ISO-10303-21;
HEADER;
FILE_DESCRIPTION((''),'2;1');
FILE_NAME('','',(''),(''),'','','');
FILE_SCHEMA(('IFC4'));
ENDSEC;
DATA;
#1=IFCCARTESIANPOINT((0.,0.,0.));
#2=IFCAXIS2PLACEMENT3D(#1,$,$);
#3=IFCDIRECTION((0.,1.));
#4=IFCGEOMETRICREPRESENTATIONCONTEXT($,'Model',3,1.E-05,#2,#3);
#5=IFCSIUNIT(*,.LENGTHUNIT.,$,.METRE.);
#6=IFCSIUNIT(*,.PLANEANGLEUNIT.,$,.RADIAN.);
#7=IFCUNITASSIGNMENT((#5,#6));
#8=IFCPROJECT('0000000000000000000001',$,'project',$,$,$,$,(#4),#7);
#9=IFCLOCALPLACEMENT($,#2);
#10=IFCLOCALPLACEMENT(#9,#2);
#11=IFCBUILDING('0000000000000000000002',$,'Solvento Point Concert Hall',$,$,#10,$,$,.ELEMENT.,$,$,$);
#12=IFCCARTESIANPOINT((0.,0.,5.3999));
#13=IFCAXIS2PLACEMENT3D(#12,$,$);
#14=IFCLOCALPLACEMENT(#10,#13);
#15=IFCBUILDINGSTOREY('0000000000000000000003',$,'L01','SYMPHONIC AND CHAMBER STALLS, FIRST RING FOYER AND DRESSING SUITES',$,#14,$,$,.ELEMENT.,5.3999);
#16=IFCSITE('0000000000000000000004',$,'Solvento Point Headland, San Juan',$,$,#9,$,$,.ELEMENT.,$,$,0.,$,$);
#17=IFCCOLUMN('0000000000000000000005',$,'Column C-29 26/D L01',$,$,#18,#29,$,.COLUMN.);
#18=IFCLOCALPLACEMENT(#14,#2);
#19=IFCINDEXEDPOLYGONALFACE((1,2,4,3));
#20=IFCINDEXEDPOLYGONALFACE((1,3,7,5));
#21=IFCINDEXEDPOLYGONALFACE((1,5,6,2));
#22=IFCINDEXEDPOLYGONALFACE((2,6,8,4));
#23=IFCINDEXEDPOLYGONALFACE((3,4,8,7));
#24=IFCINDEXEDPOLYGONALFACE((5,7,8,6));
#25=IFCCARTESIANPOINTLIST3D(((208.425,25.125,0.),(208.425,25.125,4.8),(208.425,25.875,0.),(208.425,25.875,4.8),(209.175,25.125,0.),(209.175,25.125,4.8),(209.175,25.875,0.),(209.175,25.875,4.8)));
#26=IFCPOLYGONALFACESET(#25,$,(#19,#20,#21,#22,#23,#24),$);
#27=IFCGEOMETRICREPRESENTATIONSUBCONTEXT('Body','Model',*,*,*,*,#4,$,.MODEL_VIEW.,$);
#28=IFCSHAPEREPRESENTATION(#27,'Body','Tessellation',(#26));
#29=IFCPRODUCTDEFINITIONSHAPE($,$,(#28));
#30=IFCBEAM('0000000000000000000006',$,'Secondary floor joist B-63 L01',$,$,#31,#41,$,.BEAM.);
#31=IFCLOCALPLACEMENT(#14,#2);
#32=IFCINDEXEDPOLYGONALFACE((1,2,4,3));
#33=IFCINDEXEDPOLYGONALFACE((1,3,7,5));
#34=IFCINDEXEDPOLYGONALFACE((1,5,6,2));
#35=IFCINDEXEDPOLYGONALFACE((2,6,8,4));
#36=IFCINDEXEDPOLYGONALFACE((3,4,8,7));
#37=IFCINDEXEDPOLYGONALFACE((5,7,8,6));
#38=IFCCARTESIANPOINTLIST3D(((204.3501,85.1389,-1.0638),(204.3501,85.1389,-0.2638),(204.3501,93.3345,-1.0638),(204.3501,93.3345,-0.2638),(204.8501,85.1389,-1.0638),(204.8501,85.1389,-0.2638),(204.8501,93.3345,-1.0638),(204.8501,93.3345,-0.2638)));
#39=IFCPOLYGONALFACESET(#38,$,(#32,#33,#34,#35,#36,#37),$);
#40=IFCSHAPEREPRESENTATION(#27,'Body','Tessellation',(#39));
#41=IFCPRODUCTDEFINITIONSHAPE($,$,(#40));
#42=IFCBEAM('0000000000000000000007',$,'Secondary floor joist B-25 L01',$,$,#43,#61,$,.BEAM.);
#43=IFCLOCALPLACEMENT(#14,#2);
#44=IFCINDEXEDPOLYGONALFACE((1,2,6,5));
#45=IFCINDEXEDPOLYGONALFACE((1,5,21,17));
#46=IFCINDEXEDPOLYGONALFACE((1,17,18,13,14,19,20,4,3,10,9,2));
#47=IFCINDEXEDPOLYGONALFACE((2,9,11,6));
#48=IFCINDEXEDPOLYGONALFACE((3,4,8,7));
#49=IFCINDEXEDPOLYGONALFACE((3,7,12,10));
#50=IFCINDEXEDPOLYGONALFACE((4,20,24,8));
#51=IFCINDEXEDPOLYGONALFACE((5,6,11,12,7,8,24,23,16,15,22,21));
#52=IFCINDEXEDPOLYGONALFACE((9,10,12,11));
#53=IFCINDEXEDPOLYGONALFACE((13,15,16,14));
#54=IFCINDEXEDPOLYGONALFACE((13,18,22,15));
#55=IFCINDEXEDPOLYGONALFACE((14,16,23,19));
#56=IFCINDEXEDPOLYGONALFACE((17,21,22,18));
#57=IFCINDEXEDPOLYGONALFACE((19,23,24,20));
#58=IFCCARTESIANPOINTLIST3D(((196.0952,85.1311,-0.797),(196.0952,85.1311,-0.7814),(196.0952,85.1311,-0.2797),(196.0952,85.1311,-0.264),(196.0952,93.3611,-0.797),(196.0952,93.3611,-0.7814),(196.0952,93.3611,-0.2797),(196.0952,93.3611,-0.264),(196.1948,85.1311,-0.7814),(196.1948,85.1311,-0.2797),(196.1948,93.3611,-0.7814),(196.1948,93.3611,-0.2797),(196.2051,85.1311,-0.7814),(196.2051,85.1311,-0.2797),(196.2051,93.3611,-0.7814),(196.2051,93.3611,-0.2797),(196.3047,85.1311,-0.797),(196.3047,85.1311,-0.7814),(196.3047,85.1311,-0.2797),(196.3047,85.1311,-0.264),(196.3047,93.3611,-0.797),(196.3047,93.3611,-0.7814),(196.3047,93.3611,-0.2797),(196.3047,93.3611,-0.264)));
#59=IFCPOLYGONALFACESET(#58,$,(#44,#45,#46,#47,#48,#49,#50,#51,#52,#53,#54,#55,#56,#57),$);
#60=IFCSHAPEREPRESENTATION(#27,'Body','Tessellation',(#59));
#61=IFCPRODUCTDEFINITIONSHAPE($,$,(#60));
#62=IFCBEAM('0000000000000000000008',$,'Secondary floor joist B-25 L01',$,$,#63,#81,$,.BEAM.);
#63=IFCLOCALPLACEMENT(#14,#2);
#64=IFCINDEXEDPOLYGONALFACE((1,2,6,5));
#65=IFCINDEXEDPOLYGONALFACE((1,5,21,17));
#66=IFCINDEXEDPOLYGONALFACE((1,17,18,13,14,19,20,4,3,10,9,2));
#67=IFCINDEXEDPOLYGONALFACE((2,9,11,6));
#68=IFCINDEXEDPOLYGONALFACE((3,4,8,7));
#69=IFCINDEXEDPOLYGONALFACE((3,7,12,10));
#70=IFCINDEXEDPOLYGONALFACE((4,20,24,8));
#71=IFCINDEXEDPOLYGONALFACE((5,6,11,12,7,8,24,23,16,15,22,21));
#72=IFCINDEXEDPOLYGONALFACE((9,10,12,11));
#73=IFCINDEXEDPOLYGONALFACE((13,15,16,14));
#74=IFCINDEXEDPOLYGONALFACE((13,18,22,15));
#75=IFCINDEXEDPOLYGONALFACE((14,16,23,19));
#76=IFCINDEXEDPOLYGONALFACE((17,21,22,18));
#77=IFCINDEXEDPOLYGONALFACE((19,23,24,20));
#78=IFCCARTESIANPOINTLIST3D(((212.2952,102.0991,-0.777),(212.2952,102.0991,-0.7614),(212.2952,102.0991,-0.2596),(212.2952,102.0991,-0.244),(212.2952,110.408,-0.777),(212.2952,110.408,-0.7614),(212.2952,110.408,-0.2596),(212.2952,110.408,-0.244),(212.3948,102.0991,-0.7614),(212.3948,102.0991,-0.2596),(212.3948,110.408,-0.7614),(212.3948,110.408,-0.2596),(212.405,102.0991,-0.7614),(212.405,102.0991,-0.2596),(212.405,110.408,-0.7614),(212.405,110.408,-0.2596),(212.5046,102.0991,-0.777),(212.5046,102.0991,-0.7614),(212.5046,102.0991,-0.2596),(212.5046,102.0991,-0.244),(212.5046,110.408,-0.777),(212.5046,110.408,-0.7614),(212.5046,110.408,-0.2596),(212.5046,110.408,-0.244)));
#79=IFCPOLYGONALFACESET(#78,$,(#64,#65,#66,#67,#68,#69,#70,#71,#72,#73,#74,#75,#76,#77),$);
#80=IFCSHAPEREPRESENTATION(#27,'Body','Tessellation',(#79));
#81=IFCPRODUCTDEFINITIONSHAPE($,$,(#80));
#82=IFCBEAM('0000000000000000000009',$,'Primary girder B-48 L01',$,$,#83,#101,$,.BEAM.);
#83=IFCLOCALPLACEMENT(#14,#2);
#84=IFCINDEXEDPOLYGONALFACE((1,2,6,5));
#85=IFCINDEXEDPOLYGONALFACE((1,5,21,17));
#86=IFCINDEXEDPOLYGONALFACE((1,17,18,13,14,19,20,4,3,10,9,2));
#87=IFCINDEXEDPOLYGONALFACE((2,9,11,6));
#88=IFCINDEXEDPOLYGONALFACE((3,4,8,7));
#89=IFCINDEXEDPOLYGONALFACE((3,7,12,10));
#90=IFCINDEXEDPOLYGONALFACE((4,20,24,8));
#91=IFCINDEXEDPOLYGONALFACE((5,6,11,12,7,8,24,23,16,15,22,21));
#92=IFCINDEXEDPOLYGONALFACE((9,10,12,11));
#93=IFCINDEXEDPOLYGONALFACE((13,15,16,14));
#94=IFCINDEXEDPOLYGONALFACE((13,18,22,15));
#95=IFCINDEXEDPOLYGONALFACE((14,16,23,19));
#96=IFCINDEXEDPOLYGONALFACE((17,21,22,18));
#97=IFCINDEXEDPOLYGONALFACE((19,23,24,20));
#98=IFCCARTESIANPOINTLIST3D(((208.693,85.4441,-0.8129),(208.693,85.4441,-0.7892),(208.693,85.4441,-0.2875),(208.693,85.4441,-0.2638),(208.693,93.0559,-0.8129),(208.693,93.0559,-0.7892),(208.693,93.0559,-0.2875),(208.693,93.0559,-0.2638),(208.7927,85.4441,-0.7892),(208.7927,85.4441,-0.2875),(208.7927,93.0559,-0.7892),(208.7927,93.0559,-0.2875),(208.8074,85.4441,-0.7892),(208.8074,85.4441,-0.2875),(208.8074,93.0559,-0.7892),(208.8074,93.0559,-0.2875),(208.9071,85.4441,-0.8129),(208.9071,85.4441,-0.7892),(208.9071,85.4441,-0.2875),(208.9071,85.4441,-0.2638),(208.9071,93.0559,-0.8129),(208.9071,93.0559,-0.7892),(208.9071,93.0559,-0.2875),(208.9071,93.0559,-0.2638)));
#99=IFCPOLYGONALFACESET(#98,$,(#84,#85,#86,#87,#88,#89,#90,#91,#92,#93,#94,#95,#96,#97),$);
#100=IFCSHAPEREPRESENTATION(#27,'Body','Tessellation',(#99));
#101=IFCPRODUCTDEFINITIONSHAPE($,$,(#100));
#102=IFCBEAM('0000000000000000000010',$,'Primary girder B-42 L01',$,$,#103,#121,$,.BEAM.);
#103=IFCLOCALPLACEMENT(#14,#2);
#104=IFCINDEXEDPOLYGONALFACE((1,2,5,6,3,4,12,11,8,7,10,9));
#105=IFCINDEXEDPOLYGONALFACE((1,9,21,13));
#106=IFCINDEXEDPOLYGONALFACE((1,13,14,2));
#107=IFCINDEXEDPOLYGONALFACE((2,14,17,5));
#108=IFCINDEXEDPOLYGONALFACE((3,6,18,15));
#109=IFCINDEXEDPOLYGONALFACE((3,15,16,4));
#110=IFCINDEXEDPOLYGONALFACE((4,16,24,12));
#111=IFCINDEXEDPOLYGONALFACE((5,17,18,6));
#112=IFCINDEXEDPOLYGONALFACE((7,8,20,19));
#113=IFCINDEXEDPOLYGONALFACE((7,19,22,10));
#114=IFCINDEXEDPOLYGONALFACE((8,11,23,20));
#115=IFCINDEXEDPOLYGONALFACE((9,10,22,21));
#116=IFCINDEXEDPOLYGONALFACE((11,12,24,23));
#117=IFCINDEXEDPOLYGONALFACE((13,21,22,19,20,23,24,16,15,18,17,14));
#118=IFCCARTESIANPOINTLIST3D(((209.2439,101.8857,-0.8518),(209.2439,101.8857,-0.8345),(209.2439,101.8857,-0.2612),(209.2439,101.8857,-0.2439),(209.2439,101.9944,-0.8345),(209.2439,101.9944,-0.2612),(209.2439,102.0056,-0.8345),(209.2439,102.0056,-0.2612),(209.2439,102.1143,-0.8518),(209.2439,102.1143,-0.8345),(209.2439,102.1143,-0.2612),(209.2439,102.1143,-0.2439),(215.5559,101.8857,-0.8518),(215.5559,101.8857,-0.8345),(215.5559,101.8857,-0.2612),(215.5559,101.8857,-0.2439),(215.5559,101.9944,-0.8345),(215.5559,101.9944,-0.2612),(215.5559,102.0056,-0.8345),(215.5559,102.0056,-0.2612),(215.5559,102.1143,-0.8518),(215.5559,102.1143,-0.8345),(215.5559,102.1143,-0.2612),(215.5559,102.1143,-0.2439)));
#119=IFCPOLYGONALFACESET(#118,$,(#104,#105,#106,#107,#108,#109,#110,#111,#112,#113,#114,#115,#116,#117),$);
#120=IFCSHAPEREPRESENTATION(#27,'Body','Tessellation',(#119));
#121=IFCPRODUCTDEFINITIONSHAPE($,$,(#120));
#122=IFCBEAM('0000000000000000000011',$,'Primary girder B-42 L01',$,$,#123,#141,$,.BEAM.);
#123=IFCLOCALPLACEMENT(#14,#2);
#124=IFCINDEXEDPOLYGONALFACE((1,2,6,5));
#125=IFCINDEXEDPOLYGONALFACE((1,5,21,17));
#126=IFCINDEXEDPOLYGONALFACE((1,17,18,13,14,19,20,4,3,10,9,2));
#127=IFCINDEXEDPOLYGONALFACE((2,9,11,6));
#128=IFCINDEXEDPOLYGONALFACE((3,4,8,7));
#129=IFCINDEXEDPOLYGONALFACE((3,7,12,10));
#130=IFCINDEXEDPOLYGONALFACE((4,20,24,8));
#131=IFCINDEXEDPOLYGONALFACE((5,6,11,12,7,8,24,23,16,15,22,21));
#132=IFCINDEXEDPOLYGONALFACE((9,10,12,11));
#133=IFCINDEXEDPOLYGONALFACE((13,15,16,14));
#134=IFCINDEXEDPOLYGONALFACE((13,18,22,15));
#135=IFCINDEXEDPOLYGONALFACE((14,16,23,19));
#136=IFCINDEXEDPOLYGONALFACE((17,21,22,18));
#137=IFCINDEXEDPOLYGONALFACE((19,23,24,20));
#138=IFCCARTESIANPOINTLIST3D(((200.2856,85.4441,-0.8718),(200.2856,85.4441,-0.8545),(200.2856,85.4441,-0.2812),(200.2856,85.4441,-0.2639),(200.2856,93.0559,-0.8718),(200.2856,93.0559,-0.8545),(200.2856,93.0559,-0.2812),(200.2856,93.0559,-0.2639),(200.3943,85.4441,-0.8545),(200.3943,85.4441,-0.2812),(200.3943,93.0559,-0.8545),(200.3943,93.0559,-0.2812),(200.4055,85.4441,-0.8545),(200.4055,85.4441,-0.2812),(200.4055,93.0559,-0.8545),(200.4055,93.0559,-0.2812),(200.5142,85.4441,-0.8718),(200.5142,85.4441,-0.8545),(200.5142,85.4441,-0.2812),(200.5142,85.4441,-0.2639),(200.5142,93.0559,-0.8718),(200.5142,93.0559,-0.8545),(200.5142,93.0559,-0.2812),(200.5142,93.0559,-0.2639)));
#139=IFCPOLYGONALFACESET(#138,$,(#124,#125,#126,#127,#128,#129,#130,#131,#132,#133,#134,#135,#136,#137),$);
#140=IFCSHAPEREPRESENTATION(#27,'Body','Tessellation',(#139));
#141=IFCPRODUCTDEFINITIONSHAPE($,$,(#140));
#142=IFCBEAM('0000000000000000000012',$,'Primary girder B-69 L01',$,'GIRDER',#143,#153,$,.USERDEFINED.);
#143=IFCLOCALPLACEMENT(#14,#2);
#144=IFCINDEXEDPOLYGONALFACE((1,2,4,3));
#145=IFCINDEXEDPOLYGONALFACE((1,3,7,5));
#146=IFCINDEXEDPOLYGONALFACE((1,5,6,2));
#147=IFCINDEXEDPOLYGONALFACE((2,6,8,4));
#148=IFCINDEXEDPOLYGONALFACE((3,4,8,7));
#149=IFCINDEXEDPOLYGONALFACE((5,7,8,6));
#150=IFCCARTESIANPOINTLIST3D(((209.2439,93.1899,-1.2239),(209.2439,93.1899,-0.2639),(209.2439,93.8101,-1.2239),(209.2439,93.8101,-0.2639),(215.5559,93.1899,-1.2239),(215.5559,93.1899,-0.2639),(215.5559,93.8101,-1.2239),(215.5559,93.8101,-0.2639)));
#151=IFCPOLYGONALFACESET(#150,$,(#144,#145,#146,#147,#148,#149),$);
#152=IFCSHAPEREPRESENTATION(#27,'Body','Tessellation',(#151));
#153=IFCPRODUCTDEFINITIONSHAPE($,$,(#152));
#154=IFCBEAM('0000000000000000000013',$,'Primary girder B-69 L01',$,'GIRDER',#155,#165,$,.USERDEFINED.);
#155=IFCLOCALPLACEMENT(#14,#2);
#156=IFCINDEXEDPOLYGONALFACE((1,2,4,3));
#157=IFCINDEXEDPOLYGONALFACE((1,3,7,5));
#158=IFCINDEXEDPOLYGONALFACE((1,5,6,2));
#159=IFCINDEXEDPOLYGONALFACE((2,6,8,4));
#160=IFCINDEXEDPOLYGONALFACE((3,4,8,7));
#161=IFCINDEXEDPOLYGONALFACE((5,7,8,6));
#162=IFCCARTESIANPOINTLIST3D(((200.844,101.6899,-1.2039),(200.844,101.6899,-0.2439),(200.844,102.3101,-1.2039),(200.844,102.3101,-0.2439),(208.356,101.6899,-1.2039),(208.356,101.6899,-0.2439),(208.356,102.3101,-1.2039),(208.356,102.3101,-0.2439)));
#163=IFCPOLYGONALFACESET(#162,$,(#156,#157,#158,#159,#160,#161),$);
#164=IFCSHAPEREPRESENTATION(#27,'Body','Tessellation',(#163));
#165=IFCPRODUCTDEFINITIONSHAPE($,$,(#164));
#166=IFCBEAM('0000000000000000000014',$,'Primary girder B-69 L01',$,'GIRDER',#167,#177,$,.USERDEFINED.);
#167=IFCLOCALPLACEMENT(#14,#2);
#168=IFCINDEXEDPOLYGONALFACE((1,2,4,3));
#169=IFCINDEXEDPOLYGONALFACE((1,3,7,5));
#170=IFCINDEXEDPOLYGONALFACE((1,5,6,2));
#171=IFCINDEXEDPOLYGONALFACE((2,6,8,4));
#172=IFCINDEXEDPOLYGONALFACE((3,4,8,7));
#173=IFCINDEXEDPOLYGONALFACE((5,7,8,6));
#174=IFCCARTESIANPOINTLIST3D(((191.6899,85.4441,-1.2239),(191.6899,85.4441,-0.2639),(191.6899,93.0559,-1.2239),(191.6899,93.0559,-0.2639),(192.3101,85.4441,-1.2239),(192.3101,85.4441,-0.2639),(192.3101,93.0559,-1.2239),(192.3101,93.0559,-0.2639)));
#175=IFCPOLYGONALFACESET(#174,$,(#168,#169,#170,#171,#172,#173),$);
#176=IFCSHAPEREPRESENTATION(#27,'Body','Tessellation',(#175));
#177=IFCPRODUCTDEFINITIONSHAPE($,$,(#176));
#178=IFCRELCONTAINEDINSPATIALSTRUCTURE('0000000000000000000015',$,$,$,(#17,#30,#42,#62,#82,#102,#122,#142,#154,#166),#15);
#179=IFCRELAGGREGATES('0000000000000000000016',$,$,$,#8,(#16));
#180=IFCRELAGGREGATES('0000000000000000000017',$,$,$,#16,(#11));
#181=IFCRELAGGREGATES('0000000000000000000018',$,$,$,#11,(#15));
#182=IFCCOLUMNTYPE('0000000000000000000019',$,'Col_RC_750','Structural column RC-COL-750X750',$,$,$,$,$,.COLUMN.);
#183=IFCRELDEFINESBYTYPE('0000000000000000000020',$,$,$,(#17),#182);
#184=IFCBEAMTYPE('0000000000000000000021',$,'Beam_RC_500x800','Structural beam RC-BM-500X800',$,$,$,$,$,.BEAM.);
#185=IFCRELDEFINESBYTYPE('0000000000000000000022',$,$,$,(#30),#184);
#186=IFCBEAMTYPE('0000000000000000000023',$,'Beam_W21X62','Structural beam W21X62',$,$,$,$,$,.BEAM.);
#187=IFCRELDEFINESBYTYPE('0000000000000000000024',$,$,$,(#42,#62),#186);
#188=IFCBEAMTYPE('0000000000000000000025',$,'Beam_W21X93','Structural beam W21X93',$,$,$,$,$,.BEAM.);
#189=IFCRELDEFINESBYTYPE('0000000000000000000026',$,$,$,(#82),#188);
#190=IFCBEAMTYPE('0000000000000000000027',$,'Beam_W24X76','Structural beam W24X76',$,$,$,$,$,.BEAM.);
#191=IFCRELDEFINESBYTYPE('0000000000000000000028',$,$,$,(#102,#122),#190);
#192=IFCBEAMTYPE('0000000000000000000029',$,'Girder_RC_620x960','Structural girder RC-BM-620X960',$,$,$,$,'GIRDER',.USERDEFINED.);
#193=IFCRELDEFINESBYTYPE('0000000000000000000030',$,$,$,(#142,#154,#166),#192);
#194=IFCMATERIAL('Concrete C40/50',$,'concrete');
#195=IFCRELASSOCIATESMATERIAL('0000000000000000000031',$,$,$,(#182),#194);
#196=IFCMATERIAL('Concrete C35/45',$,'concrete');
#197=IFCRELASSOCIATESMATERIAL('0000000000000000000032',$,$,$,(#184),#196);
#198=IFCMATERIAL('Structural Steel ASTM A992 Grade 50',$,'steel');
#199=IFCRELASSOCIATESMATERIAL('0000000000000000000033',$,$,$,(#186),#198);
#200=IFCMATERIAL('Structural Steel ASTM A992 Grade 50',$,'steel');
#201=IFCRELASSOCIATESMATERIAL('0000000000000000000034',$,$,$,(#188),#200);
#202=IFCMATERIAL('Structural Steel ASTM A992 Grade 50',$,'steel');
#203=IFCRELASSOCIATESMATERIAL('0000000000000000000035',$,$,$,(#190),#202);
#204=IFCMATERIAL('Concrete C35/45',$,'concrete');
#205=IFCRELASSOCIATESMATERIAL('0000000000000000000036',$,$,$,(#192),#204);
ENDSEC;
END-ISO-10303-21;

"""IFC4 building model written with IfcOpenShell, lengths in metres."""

from ifc_helpers import new_model, si_unit, direction, frame, origin, origin_2d, place, context, subcontext, project, spatial, rectangle, i_section, extrude, material, material_profile, profile_set, type_object, element, save


model = new_model("IFC4")

# Units and contexts
model_context = context("Model", 3, precision=1e-05, world=origin(), true_north=direction((0.0, 1.0)))
body_context = subcontext(model_context, "Body", "Model", "MODEL_VIEW")
ifc_project = project(units=[si_unit("LENGTHUNIT", "METRE"), si_unit("PLANEANGLEUNIT", "RADIAN")], contexts=[model_context])

# Site, building, storey
site_placement = place(None, origin())
site = spatial("IfcSite", under=ifc_project, at=site_placement, Name="Solvento Point Headland, San Juan", CompositionType="ELEMENT", RefElevation=0.0)
building_placement = place(site_placement, origin())
building = spatial("IfcBuilding", under=site, at=building_placement, Name="Solvento Point Concert Hall", CompositionType="ELEMENT")
storey_placement = place(building_placement, frame((0.0, 0.0, 5.3999)))
storey = spatial("IfcBuildingStorey", under=building, at=storey_placement, Name="L01", Description="SYMPHONIC AND CHAMBER STALLS, FIRST RING FOYER AND DRESSING SUITES", CompositionType="ELEMENT", Elevation=5.3999)

# Column
ifc_material_1 = material(Name="Concrete C40/50", Category="concrete")
ifc_material_profile_1 = material_profile(ifc_material_1, rectangle(XDim=0.75, YDim=0.75, at=origin_2d()), Name="RC-COL-750X750")
ifc_profile_set_1 = profile_set([ifc_material_profile_1], Name="Concrete C40/50")
column_type = type_object("IfcColumnType", Name="Col_RC_750", Description="Structural column RC-COL-750X750", PredefinedType="COLUMN", material=ifc_profile_set_1)
column_placement = place(storey_placement, frame((208.8, 25.5, 0.0), z_axis=(0.0, 0.0, 1.0), x_axis=(1.0, 0.0, 0.0)))
element("IfcColumn", 1, at=column_placement, inside=storey, type_object=column_type, Name="Column C-29 26/D L01", PredefinedType="COLUMN", context=body_context, shape_type="SweptSolid", body=[
    extrude(rectangle(XDim=0.75, YDim=0.75, at=origin_2d()), origin(), (0.0, 0.0, 1.0), 4.8),
])

# Beams
ifc_material_2 = material(Name="Concrete C35/45", Category="concrete")
ifc_material_profile_2 = material_profile(ifc_material_2, rectangle(XDim=0.5, YDim=0.8, at=origin_2d()), Name="RC-BM-500X800")
ifc_profile_set_2 = profile_set([ifc_material_profile_2], Name="Concrete C35/45")
beam_type_1 = type_object("IfcBeamType", Name="Beam_RC_500x800", Description="Structural beam RC-BM-500X800", PredefinedType="BEAM", material=ifc_profile_set_2)
beam_1_placement = place(storey_placement, frame((204.6001, 85.1389, -0.6638), z_axis=(0.0, 1.0, 0.0), x_axis=(-1.0, 0.0, 0.0)))
element("IfcBeam", 2, at=beam_1_placement, inside=storey, type_object=beam_type_1, Name="Secondary floor joist B-63 L01", PredefinedType="BEAM", context=body_context, shape_type="SweptSolid", body=[
    extrude(rectangle(XDim=0.5, YDim=0.8, at=origin_2d()), origin(), (0.0, 0.0, 1.0), 8.1956),
])
ifc_material_3 = material(Name="Structural Steel ASTM A992 Grade 50", Category="steel")
ifc_material_profile_3 = material_profile(ifc_material_3, i_section(OverallWidth=0.2095, OverallDepth=0.533, WebThickness=0.0103, FlangeThickness=0.0156, at=origin_2d()), Name="W21X62")
ifc_profile_set_3 = profile_set([ifc_material_profile_3], Name="Structural Steel ASTM A992 Grade 50")
beam_type_2 = type_object("IfcBeamType", Name="Beam_W21X62", Description="Structural beam W21X62", PredefinedType="BEAM", material=ifc_profile_set_3)
beam_2_placement = place(storey_placement, frame((196.2, 85.1311, -0.5305), z_axis=(0.0, 1.0, 0.0), x_axis=(-1.0, 0.0, 0.0)))
element("IfcBeam", 3, at=beam_2_placement, inside=storey, type_object=beam_type_2, Name="Secondary floor joist B-25 L01", PredefinedType="BEAM", context=body_context, shape_type="SweptSolid", body=[
    extrude(i_section(OverallWidth=0.2095, OverallDepth=0.533, WebThickness=0.0103, FlangeThickness=0.0156, at=origin_2d()), origin(), (0.0, 0.0, 1.0), 8.23),
])
beam_3_placement = place(storey_placement, frame((212.3999, 102.0991, -0.5105), z_axis=(0.0, 1.0, 0.0), x_axis=(-1.0, 0.0, 0.0)))
element("IfcBeam", 4, at=beam_3_placement, inside=storey, type_object=beam_type_2, Name="Secondary floor joist B-25 L01", PredefinedType="BEAM", context=body_context, shape_type="SweptSolid", body=[
    extrude(i_section(OverallWidth=0.2095, OverallDepth=0.533, WebThickness=0.0103, FlangeThickness=0.0156, at=origin_2d()), origin(), (0.0, 0.0, 1.0), 8.3088),
])
ifc_material_4 = material(Name="Structural Steel ASTM A992 Grade 50", Category="steel")
ifc_material_profile_4 = material_profile(ifc_material_4, i_section(OverallWidth=0.2141, OverallDepth=0.5491, WebThickness=0.0146, FlangeThickness=0.0237, at=origin_2d()), Name="W21X93")
ifc_profile_set_4 = profile_set([ifc_material_profile_4], Name="Structural Steel ASTM A992 Grade 50")
beam_type_3 = type_object("IfcBeamType", Name="Beam_W21X93", Description="Structural beam W21X93", PredefinedType="BEAM", material=ifc_profile_set_4)
beam_4_placement = place(storey_placement, frame((208.8, 85.4441, -0.5383), z_axis=(0.0, 1.0, 0.0), x_axis=(-1.0, 0.0, 0.0)))
element("IfcBeam", 5, at=beam_4_placement, inside=storey, type_object=beam_type_3, Name="Primary girder B-48 L01", PredefinedType="BEAM", context=body_context, shape_type="SweptSolid", body=[
    extrude(i_section(OverallWidth=0.2141, OverallDepth=0.5491, WebThickness=0.0146, FlangeThickness=0.0237, at=origin_2d()), origin(), (0.0, 0.0, 1.0), 7.6118),
])
ifc_material_5 = material(Name="Structural Steel ASTM A992 Grade 50", Category="steel")
ifc_material_profile_5 = material_profile(ifc_material_5, i_section(OverallWidth=0.2285, OverallDepth=0.6079, WebThickness=0.0112, FlangeThickness=0.0173, at=origin_2d()), Name="W24X76")
ifc_profile_set_5 = profile_set([ifc_material_profile_5], Name="Structural Steel ASTM A992 Grade 50")
beam_type_4 = type_object("IfcBeamType", Name="Beam_W24X76", Description="Structural beam W24X76", PredefinedType="BEAM", material=ifc_profile_set_5)
beam_5_placement = place(storey_placement, frame((209.2439, 102.0, -0.5479), z_axis=(1.0, 0.0, 0.0), x_axis=(0.0, 1.0, 0.0)))
element("IfcBeam", 6, at=beam_5_placement, inside=storey, type_object=beam_type_4, Name="Primary girder B-42 L01", PredefinedType="BEAM", context=body_context, shape_type="SweptSolid", body=[
    extrude(i_section(OverallWidth=0.2285, OverallDepth=0.6079, WebThickness=0.0112, FlangeThickness=0.0173, at=origin_2d()), origin(), (0.0, 0.0, 1.0), 6.312),
])
beam_6_placement = place(storey_placement, frame((200.3999, 85.4441, -0.5679), z_axis=(0.0, 1.0, 0.0), x_axis=(-1.0, 0.0, 0.0)))
element("IfcBeam", 7, at=beam_6_placement, inside=storey, type_object=beam_type_4, Name="Primary girder B-42 L01", PredefinedType="BEAM", context=body_context, shape_type="SweptSolid", body=[
    extrude(i_section(OverallWidth=0.2285, OverallDepth=0.6079, WebThickness=0.0112, FlangeThickness=0.0173, at=origin_2d()), origin(), (0.0, 0.0, 1.0), 7.6118),
])
ifc_material_6 = material(Name="Concrete C35/45", Category="concrete")
ifc_material_profile_6 = material_profile(ifc_material_6, rectangle(XDim=0.6201, YDim=0.96, at=origin_2d()), Name="RC-BM-620X960")
ifc_profile_set_6 = profile_set([ifc_material_profile_6], Name="Concrete C35/45")
beam_type_5 = type_object("IfcBeamType", Name="Girder_RC_620x960", Description="Structural girder RC-BM-620X960", ElementType="GIRDER", PredefinedType="USERDEFINED", material=ifc_profile_set_6)
beam_7_placement = place(storey_placement, frame((209.2439, 93.5, -0.7439), z_axis=(1.0, 0.0, 0.0), x_axis=(0.0, 1.0, 0.0)))
element("IfcBeam", 8, at=beam_7_placement, inside=storey, type_object=beam_type_5, Name="Primary girder B-69 L01", ObjectType="GIRDER", PredefinedType="USERDEFINED", context=body_context, shape_type="SweptSolid", body=[
    extrude(rectangle(XDim=0.6201, YDim=0.96, at=origin_2d()), origin(), (0.0, 0.0, 1.0), 6.312),
])
beam_8_placement = place(storey_placement, frame((200.844, 102.0, -0.7239), z_axis=(1.0, 0.0, 0.0), x_axis=(0.0, 1.0, 0.0)))
element("IfcBeam", 9, at=beam_8_placement, inside=storey, type_object=beam_type_5, Name="Primary girder B-69 L01", ObjectType="GIRDER", PredefinedType="USERDEFINED", context=body_context, shape_type="SweptSolid", body=[
    extrude(rectangle(XDim=0.6201, YDim=0.96, at=origin_2d()), origin(), (0.0, 0.0, 1.0), 7.512),
])
beam_9_placement = place(storey_placement, frame((192.0, 85.4441, -0.7439), z_axis=(0.0, 1.0, 0.0), x_axis=(-1.0, 0.0, 0.0)))
element("IfcBeam", 10, at=beam_9_placement, inside=storey, type_object=beam_type_5, Name="Primary girder B-69 L01", ObjectType="GIRDER", PredefinedType="USERDEFINED", context=body_context, shape_type="SweptSolid", body=[
    extrude(rectangle(XDim=0.6201, YDim=0.96, at=origin_2d()), origin(), (0.0, 0.0, 1.0), 7.6118),
])

save(model, "model.ifc")
